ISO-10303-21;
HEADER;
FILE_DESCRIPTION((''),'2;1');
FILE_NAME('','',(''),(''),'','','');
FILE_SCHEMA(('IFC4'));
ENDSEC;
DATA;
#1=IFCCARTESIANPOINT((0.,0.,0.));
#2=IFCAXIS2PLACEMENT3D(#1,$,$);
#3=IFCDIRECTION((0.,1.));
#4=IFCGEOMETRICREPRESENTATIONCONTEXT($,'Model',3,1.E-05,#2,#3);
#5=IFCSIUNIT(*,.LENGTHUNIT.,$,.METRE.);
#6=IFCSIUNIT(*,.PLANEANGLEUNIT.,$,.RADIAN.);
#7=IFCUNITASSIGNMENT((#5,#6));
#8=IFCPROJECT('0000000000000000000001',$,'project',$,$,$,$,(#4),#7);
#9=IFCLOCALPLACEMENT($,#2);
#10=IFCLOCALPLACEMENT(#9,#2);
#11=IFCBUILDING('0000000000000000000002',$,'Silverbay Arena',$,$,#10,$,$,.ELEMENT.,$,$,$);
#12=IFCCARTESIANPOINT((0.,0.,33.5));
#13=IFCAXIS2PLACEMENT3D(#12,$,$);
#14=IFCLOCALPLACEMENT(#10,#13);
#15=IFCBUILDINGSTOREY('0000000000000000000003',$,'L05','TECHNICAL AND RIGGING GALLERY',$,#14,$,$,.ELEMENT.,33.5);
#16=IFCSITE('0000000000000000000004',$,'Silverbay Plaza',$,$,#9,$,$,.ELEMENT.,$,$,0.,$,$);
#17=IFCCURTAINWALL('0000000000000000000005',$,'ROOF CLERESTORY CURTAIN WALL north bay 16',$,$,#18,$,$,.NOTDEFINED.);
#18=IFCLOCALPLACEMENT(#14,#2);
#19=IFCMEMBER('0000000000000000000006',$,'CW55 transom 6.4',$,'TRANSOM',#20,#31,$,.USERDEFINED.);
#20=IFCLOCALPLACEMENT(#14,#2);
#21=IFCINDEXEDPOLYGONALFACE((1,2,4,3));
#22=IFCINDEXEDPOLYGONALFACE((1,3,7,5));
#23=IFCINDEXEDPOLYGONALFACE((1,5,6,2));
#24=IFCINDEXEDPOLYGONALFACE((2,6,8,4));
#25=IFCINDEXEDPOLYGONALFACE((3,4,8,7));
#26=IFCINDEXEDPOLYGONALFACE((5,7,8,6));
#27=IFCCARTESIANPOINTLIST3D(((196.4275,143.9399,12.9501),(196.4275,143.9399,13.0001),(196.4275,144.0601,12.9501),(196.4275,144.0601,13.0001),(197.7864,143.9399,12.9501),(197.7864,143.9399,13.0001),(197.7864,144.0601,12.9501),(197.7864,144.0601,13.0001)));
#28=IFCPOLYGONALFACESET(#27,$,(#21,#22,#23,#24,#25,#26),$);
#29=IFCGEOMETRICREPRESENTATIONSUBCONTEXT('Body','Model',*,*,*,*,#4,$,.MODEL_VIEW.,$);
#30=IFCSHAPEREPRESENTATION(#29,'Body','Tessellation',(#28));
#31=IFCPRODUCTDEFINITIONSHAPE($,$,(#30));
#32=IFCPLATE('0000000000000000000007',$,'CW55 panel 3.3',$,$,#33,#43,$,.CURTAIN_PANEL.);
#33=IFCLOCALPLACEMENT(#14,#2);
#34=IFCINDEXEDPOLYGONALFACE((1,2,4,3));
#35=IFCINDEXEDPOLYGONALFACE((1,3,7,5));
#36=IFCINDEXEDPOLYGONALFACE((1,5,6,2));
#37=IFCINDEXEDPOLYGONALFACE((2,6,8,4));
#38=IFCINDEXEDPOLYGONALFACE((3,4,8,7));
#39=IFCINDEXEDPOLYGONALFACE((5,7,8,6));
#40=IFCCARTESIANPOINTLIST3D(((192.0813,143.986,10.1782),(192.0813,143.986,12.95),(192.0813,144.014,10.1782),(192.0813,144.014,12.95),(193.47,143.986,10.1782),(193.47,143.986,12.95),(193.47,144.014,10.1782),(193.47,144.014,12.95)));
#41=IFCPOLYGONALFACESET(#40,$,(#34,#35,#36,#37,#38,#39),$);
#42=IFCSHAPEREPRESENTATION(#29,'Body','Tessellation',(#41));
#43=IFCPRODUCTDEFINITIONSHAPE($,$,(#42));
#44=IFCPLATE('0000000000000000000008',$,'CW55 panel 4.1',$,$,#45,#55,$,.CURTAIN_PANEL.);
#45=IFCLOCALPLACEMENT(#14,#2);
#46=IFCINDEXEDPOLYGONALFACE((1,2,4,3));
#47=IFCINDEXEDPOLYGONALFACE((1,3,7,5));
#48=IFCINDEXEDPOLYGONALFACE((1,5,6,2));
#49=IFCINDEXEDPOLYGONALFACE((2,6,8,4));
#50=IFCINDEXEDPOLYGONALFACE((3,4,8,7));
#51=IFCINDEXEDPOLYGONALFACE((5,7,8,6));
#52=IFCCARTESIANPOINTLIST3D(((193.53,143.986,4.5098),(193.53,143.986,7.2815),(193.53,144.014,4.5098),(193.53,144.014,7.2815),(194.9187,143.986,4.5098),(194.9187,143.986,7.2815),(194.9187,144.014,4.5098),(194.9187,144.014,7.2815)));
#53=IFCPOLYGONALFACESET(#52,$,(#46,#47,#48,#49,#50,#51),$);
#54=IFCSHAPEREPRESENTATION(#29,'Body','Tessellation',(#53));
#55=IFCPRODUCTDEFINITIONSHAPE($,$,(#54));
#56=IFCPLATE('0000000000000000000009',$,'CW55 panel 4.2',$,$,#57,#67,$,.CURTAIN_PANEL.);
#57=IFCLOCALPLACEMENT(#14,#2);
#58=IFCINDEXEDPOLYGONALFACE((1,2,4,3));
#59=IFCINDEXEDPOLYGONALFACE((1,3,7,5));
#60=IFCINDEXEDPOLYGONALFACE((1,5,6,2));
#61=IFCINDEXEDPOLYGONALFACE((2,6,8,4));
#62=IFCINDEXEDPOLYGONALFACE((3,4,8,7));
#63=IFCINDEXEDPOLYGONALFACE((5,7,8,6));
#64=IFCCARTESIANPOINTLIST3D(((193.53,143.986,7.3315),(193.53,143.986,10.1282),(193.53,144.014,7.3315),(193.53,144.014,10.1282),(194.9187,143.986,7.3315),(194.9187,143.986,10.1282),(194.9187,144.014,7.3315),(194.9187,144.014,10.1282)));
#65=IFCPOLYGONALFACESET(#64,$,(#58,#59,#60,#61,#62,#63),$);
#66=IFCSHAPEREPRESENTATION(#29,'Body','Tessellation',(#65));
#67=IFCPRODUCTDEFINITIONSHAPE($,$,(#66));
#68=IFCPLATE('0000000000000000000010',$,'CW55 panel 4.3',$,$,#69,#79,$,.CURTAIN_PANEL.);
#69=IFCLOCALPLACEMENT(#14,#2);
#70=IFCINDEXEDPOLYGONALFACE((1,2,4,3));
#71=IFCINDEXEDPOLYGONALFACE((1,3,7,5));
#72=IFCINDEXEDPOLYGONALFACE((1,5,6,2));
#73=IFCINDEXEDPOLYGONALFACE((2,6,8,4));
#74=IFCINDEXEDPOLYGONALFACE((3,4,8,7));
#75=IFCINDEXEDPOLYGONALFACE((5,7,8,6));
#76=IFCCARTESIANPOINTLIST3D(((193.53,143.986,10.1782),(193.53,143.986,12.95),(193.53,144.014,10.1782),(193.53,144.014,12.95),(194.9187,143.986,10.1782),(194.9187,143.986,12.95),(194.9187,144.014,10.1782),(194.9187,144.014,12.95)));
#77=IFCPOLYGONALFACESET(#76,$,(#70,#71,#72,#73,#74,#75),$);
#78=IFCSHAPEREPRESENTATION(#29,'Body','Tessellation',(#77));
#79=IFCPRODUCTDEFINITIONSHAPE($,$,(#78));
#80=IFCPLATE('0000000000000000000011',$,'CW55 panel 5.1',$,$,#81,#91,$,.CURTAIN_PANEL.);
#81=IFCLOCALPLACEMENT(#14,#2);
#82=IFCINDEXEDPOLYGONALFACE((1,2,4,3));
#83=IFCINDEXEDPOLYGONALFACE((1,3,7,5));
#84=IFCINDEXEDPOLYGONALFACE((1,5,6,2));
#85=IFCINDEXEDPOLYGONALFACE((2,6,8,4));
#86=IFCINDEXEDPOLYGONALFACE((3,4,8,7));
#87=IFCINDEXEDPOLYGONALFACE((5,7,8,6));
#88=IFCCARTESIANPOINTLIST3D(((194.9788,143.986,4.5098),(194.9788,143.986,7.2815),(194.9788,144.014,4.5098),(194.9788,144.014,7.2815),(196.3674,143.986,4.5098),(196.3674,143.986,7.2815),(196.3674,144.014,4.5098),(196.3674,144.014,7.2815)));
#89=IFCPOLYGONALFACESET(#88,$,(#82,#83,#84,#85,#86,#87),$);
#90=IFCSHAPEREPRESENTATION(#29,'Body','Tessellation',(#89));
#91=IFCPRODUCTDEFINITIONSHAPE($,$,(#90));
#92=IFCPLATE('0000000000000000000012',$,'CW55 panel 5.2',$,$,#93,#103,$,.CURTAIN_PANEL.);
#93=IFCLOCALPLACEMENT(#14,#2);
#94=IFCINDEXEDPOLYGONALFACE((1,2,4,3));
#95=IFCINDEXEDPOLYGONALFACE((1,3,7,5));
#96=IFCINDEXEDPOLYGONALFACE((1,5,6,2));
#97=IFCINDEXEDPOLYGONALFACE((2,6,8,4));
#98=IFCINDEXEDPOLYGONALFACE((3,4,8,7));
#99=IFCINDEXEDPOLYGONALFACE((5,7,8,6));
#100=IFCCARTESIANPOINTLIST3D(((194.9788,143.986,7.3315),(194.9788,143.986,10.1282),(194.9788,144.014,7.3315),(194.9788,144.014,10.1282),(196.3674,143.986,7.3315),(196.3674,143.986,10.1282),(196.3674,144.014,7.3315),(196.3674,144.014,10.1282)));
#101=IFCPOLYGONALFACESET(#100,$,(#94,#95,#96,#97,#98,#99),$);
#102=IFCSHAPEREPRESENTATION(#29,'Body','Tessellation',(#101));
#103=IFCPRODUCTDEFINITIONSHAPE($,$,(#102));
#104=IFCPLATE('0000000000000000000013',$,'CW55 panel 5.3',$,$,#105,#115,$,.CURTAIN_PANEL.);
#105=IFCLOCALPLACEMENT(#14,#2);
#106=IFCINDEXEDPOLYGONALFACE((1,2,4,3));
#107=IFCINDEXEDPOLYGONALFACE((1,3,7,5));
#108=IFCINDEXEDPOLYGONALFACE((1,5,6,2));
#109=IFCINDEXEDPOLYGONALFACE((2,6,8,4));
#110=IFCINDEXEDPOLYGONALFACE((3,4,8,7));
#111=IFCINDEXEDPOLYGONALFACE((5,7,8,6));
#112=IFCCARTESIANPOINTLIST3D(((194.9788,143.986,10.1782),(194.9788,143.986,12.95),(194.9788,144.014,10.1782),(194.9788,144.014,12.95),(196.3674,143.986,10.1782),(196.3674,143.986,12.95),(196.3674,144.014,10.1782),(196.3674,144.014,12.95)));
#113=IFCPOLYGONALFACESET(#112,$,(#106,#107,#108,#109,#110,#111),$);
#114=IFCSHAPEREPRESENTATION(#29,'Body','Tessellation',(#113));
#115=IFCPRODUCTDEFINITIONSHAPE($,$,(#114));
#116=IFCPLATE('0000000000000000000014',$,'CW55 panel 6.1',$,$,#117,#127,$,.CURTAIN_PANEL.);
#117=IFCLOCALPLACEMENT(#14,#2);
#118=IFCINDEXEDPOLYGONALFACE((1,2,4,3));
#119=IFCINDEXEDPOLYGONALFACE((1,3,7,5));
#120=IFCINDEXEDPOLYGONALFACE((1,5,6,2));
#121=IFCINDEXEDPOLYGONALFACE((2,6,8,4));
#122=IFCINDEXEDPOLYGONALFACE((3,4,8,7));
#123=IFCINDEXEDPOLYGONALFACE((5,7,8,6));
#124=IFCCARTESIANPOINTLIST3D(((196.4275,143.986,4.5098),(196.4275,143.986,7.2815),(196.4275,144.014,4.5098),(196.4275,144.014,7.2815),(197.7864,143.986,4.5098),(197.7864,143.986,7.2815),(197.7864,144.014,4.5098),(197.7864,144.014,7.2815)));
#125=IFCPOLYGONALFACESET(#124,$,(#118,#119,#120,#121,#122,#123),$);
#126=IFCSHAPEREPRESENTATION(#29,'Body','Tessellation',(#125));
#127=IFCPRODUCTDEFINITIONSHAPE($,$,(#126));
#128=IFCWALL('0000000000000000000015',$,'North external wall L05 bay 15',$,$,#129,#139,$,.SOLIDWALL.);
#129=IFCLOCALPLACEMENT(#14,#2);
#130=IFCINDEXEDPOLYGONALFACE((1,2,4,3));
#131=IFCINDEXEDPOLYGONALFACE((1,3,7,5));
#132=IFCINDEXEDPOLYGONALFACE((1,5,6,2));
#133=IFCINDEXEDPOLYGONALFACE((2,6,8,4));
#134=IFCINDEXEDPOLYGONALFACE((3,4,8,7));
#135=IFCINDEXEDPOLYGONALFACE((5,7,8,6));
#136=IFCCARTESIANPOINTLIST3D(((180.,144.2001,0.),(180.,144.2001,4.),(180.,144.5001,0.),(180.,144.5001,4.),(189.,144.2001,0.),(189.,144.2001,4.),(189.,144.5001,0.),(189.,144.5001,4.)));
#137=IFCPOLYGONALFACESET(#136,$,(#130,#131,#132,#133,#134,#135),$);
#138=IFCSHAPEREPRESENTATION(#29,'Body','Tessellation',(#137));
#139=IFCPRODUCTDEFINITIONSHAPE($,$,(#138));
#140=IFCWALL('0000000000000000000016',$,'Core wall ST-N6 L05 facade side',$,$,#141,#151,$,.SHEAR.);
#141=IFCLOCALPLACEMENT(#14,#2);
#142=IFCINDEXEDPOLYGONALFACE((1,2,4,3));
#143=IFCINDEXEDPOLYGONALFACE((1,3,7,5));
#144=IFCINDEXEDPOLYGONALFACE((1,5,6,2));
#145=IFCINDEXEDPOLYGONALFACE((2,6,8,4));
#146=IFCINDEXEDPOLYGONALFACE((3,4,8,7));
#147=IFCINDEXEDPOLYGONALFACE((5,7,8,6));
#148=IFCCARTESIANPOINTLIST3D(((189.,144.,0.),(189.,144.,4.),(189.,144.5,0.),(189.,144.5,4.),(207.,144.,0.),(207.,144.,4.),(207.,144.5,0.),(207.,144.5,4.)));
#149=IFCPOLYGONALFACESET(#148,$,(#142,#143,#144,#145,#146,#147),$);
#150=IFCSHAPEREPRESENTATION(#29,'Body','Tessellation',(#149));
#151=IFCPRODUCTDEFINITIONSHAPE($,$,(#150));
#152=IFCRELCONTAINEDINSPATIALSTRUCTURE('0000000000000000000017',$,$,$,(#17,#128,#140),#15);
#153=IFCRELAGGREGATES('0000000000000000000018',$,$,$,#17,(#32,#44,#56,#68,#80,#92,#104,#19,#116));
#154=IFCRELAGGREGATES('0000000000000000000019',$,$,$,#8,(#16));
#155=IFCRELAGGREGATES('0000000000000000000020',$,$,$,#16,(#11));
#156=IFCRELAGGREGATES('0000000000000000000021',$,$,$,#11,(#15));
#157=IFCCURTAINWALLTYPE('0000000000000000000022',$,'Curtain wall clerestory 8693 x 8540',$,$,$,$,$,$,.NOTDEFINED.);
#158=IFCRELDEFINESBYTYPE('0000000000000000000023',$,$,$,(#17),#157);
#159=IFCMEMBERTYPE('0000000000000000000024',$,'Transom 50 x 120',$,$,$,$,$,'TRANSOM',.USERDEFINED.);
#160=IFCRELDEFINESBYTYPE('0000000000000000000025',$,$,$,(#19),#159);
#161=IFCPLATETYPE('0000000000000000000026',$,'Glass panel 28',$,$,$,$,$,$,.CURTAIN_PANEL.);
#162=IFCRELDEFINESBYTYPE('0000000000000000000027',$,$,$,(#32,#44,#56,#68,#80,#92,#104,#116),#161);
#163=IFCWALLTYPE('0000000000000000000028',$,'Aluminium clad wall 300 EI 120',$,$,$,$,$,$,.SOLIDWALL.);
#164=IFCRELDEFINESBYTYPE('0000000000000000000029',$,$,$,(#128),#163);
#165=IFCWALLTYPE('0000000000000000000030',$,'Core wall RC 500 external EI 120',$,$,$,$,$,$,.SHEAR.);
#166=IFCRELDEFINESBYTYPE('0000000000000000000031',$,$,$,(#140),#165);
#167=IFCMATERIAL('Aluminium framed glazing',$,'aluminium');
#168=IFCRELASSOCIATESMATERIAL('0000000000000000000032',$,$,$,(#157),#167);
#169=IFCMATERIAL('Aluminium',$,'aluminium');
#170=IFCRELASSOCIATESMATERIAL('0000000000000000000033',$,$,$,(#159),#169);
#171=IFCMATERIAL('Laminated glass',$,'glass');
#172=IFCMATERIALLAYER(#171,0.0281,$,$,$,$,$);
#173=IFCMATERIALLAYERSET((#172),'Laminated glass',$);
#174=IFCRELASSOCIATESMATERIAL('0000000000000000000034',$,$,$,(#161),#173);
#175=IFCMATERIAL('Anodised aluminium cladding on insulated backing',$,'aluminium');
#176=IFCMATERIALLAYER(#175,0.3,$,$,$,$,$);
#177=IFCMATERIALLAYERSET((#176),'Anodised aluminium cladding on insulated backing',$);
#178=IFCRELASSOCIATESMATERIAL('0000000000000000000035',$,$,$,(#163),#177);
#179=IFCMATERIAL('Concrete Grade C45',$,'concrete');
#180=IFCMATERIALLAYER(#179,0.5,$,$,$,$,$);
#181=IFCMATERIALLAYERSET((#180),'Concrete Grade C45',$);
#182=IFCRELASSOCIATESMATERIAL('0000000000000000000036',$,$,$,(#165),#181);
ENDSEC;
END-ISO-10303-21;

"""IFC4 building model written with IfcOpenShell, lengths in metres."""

from ifc_helpers import new_model, si_unit, direction, frame, frame_2d, origin, origin_2d, place, context, subcontext, project, spatial, rectangle, extrude, material, layer, layer_set, material_profile, profile_set, type_object, element, aggregate, save


model = new_model("IFC4")

# Units and contexts
model_context = context("Model", 3, precision=1e-05, world=origin(), true_north=direction((0.0, 1.0)))
body_context = subcontext(model_context, "Body", "Model", "MODEL_VIEW")
ifc_project = project(units=[si_unit("LENGTHUNIT", "METRE"), si_unit("PLANEANGLEUNIT", "RADIAN")], contexts=[model_context])

# Site, building, storey
site_placement = place(None, origin())
site = spatial("IfcSite", under=ifc_project, at=site_placement, Name="Silverbay Plaza", CompositionType="ELEMENT", RefElevation=0.0)
building_placement = place(site_placement, origin())
building = spatial("IfcBuilding", under=site, at=building_placement, Name="Silverbay Arena", CompositionType="ELEMENT")
storey_placement = place(building_placement, frame((0.0, 0.0, 33.5)))
storey = spatial("IfcBuildingStorey", under=building, at=storey_placement, Name="L05", Description="TECHNICAL AND RIGGING GALLERY", CompositionType="ELEMENT", Elevation=33.5)

# Curtain wall
ifc_material_1 = material(Name="Aluminium framed glazing", Category="aluminium")
curtain_wall_type = type_object("IfcCurtainWallType", Name="Curtain wall clerestory 8693 x 8540", PredefinedType="NOTDEFINED", material=ifc_material_1)
curtain_wall_placement = place(storey_placement, origin())
curtain_wall = element("IfcCurtainWall", 1, at=curtain_wall_placement, inside=storey, type_object=curtain_wall_type, Name="ROOF CLERESTORY CURTAIN WALL north bay 16", PredefinedType="NOTDEFINED")

# Member
ifc_material_2 = material(Name="Aluminium", Category="aluminium")
ifc_material_profile_1 = material_profile(ifc_material_2, rectangle(XDim=0.1201, YDim=0.05, at=origin_2d()), Name="Transom 50 x 120")
ifc_profile_set_1 = profile_set([ifc_material_profile_1], Name="Aluminium")
member_type_1 = type_object("IfcMemberType", Name="Transom 50 x 120", ElementType="TRANSOM", PredefinedType="USERDEFINED", material=ifc_profile_set_1)
member_1_placement = place(storey_placement, frame((196.4275, 144.0, 12.9751), z_axis=(1.0, 0.0, 0.0), x_axis=(0.0, 1.0, 0.0)))
member_1 = element("IfcMember", 2, at=member_1_placement, type_object=member_type_1, Name="CW55 transom 6.4", ObjectType="TRANSOM", PredefinedType="USERDEFINED", context=body_context, shape_type="SweptSolid", body=[
    extrude(rectangle(XDim=0.1201, YDim=0.05, at=origin_2d()), origin(), (0.0, 0.0, 1.0), 1.3589),
])

# Plates
ifc_material_3 = material(Name="Laminated glass", Category="glass")
ifc_layer_1 = layer(ifc_material_3, 0.0281)
ifc_layer_set_1 = layer_set([ifc_layer_1], Name="Laminated glass")
plate_type = type_object("IfcPlateType", Name="Glass panel 28", PredefinedType="CURTAIN_PANEL", material=ifc_layer_set_1)
plate_1_placement = place(storey_placement, frame((192.7756, 144.0, 10.1782), z_axis=(0.0, 0.0, 1.0), x_axis=(1.0, 0.0, 0.0)))
plate_1 = element("IfcPlate", 3, at=plate_1_placement, type_object=plate_type, Name="CW55 panel 3.3", PredefinedType="CURTAIN_PANEL", context=body_context, shape_type="SweptSolid", body=[
    extrude(rectangle(XDim=1.3887, YDim=0.0281, at=origin_2d()), origin(), (0.0, 0.0, 1.0), 2.7717),
])
plate_2_placement = place(storey_placement, frame((194.2244, 144.0, 4.5098), z_axis=(0.0, 0.0, 1.0), x_axis=(1.0, 0.0, 0.0)))
plate_2 = element("IfcPlate", 4, at=plate_2_placement, type_object=plate_type, Name="CW55 panel 4.1", PredefinedType="CURTAIN_PANEL", context=body_context, shape_type="SweptSolid", body=[
    extrude(rectangle(XDim=1.3887, YDim=0.0281, at=origin_2d()), origin(), (0.0, 0.0, 1.0), 2.7717),
])
plate_3_placement = place(storey_placement, frame((194.2244, 144.0, 7.3315), z_axis=(0.0, 0.0, 1.0), x_axis=(1.0, 0.0, 0.0)))
plate_3 = element("IfcPlate", 5, at=plate_3_placement, type_object=plate_type, Name="CW55 panel 4.2", PredefinedType="CURTAIN_PANEL", context=body_context, shape_type="SweptSolid", body=[
    extrude(rectangle(XDim=1.3887, YDim=0.0281, at=origin_2d()), origin(), (0.0, 0.0, 1.0), 2.7966),
])
plate_4_placement = place(storey_placement, frame((194.2244, 144.0, 10.1782), z_axis=(0.0, 0.0, 1.0), x_axis=(1.0, 0.0, 0.0)))
plate_4 = element("IfcPlate", 6, at=plate_4_placement, type_object=plate_type, Name="CW55 panel 4.3", PredefinedType="CURTAIN_PANEL", context=body_context, shape_type="SweptSolid", body=[
    extrude(rectangle(XDim=1.3887, YDim=0.0281, at=origin_2d()), origin(), (0.0, 0.0, 1.0), 2.7717),
])
plate_5_placement = place(storey_placement, frame((195.6731, 144.0, 4.5098), z_axis=(0.0, 0.0, 1.0), x_axis=(1.0, 0.0, 0.0)))
plate_5 = element("IfcPlate", 7, at=plate_5_placement, type_object=plate_type, Name="CW55 panel 5.1", PredefinedType="CURTAIN_PANEL", context=body_context, shape_type="SweptSolid", body=[
    extrude(rectangle(XDim=1.3887, YDim=0.0281, at=origin_2d()), origin(), (0.0, 0.0, 1.0), 2.7717),
])
plate_6_placement = place(storey_placement, frame((195.6731, 144.0, 7.3315), z_axis=(0.0, 0.0, 1.0), x_axis=(1.0, 0.0, 0.0)))
plate_6 = element("IfcPlate", 8, at=plate_6_placement, type_object=plate_type, Name="CW55 panel 5.2", PredefinedType="CURTAIN_PANEL", context=body_context, shape_type="SweptSolid", body=[
    extrude(rectangle(XDim=1.3887, YDim=0.0281, at=origin_2d()), origin(), (0.0, 0.0, 1.0), 2.7966),
])
plate_7_placement = place(storey_placement, frame((195.6731, 144.0, 10.1782), z_axis=(0.0, 0.0, 1.0), x_axis=(1.0, 0.0, 0.0)))
plate_7 = element("IfcPlate", 9, at=plate_7_placement, type_object=plate_type, Name="CW55 panel 5.3", PredefinedType="CURTAIN_PANEL", context=body_context, shape_type="SweptSolid", body=[
    extrude(rectangle(XDim=1.3887, YDim=0.0281, at=origin_2d()), origin(), (0.0, 0.0, 1.0), 2.7717),
])
plate_8_placement = place(storey_placement, frame((197.1069, 144.0, 4.5098), z_axis=(0.0, 0.0, 1.0), x_axis=(1.0, 0.0, 0.0)))
plate_8 = element("IfcPlate", 10, at=plate_8_placement, type_object=plate_type, Name="CW55 panel 6.1", PredefinedType="CURTAIN_PANEL", context=body_context, shape_type="SweptSolid", body=[
    extrude(rectangle(XDim=1.3589, YDim=0.0281, at=origin_2d()), origin(), (0.0, 0.0, 1.0), 2.7717),
])
aggregate(curtain_wall, [plate_1, plate_2, plate_3, plate_4, plate_5, plate_6, plate_7, member_1, plate_8])

# Walls
ifc_material_4 = material(Name="Anodised aluminium cladding on insulated backing", Category="aluminium")
ifc_layer_2 = layer(ifc_material_4, 0.3)
ifc_layer_set_2 = layer_set([ifc_layer_2], Name="Anodised aluminium cladding on insulated backing")
wall_type_1 = type_object("IfcWallType", Name="Aluminium clad wall 300 EI 120", PredefinedType="SOLIDWALL", material=ifc_layer_set_2)
wall_1_placement = place(storey_placement, frame((189.0, 144.3501, 0.0), z_axis=(0.0, 0.0, 1.0), x_axis=(-1.0, 0.0, 0.0)))
element("IfcWall", 11, at=wall_1_placement, inside=storey, type_object=wall_type_1, Name="North external wall L05 bay 15", PredefinedType="SOLIDWALL", context=body_context, shape_type="SweptSolid", body=[
    extrude(rectangle(XDim=9.0, YDim=0.3, at=frame_2d((4.5, 0.0))), origin(), (0.0, 0.0, 1.0), 4.0),
])
ifc_material_5 = material(Name="Concrete Grade C45", Category="concrete")
ifc_layer_3 = layer(ifc_material_5, 0.5)
ifc_layer_set_3 = layer_set([ifc_layer_3], Name="Concrete Grade C45")
wall_type_2 = type_object("IfcWallType", Name="Core wall RC 500 external EI 120", PredefinedType="SHEAR", material=ifc_layer_set_3)
wall_2_placement = place(storey_placement, frame((189.0, 144.25, 0.0), z_axis=(0.0, 0.0, 1.0), x_axis=(1.0, 0.0, 0.0)))
element("IfcWall", 12, at=wall_2_placement, inside=storey, type_object=wall_type_2, Name="Core wall ST-N6 L05 facade side", PredefinedType="SHEAR", context=body_context, shape_type="SweptSolid", body=[
    extrude(rectangle(XDim=18.0, YDim=0.5, at=frame_2d((9.0, 0.0))), origin(), (0.0, 0.0, 1.0), 4.0),
])

save(model, "model.ifc")
